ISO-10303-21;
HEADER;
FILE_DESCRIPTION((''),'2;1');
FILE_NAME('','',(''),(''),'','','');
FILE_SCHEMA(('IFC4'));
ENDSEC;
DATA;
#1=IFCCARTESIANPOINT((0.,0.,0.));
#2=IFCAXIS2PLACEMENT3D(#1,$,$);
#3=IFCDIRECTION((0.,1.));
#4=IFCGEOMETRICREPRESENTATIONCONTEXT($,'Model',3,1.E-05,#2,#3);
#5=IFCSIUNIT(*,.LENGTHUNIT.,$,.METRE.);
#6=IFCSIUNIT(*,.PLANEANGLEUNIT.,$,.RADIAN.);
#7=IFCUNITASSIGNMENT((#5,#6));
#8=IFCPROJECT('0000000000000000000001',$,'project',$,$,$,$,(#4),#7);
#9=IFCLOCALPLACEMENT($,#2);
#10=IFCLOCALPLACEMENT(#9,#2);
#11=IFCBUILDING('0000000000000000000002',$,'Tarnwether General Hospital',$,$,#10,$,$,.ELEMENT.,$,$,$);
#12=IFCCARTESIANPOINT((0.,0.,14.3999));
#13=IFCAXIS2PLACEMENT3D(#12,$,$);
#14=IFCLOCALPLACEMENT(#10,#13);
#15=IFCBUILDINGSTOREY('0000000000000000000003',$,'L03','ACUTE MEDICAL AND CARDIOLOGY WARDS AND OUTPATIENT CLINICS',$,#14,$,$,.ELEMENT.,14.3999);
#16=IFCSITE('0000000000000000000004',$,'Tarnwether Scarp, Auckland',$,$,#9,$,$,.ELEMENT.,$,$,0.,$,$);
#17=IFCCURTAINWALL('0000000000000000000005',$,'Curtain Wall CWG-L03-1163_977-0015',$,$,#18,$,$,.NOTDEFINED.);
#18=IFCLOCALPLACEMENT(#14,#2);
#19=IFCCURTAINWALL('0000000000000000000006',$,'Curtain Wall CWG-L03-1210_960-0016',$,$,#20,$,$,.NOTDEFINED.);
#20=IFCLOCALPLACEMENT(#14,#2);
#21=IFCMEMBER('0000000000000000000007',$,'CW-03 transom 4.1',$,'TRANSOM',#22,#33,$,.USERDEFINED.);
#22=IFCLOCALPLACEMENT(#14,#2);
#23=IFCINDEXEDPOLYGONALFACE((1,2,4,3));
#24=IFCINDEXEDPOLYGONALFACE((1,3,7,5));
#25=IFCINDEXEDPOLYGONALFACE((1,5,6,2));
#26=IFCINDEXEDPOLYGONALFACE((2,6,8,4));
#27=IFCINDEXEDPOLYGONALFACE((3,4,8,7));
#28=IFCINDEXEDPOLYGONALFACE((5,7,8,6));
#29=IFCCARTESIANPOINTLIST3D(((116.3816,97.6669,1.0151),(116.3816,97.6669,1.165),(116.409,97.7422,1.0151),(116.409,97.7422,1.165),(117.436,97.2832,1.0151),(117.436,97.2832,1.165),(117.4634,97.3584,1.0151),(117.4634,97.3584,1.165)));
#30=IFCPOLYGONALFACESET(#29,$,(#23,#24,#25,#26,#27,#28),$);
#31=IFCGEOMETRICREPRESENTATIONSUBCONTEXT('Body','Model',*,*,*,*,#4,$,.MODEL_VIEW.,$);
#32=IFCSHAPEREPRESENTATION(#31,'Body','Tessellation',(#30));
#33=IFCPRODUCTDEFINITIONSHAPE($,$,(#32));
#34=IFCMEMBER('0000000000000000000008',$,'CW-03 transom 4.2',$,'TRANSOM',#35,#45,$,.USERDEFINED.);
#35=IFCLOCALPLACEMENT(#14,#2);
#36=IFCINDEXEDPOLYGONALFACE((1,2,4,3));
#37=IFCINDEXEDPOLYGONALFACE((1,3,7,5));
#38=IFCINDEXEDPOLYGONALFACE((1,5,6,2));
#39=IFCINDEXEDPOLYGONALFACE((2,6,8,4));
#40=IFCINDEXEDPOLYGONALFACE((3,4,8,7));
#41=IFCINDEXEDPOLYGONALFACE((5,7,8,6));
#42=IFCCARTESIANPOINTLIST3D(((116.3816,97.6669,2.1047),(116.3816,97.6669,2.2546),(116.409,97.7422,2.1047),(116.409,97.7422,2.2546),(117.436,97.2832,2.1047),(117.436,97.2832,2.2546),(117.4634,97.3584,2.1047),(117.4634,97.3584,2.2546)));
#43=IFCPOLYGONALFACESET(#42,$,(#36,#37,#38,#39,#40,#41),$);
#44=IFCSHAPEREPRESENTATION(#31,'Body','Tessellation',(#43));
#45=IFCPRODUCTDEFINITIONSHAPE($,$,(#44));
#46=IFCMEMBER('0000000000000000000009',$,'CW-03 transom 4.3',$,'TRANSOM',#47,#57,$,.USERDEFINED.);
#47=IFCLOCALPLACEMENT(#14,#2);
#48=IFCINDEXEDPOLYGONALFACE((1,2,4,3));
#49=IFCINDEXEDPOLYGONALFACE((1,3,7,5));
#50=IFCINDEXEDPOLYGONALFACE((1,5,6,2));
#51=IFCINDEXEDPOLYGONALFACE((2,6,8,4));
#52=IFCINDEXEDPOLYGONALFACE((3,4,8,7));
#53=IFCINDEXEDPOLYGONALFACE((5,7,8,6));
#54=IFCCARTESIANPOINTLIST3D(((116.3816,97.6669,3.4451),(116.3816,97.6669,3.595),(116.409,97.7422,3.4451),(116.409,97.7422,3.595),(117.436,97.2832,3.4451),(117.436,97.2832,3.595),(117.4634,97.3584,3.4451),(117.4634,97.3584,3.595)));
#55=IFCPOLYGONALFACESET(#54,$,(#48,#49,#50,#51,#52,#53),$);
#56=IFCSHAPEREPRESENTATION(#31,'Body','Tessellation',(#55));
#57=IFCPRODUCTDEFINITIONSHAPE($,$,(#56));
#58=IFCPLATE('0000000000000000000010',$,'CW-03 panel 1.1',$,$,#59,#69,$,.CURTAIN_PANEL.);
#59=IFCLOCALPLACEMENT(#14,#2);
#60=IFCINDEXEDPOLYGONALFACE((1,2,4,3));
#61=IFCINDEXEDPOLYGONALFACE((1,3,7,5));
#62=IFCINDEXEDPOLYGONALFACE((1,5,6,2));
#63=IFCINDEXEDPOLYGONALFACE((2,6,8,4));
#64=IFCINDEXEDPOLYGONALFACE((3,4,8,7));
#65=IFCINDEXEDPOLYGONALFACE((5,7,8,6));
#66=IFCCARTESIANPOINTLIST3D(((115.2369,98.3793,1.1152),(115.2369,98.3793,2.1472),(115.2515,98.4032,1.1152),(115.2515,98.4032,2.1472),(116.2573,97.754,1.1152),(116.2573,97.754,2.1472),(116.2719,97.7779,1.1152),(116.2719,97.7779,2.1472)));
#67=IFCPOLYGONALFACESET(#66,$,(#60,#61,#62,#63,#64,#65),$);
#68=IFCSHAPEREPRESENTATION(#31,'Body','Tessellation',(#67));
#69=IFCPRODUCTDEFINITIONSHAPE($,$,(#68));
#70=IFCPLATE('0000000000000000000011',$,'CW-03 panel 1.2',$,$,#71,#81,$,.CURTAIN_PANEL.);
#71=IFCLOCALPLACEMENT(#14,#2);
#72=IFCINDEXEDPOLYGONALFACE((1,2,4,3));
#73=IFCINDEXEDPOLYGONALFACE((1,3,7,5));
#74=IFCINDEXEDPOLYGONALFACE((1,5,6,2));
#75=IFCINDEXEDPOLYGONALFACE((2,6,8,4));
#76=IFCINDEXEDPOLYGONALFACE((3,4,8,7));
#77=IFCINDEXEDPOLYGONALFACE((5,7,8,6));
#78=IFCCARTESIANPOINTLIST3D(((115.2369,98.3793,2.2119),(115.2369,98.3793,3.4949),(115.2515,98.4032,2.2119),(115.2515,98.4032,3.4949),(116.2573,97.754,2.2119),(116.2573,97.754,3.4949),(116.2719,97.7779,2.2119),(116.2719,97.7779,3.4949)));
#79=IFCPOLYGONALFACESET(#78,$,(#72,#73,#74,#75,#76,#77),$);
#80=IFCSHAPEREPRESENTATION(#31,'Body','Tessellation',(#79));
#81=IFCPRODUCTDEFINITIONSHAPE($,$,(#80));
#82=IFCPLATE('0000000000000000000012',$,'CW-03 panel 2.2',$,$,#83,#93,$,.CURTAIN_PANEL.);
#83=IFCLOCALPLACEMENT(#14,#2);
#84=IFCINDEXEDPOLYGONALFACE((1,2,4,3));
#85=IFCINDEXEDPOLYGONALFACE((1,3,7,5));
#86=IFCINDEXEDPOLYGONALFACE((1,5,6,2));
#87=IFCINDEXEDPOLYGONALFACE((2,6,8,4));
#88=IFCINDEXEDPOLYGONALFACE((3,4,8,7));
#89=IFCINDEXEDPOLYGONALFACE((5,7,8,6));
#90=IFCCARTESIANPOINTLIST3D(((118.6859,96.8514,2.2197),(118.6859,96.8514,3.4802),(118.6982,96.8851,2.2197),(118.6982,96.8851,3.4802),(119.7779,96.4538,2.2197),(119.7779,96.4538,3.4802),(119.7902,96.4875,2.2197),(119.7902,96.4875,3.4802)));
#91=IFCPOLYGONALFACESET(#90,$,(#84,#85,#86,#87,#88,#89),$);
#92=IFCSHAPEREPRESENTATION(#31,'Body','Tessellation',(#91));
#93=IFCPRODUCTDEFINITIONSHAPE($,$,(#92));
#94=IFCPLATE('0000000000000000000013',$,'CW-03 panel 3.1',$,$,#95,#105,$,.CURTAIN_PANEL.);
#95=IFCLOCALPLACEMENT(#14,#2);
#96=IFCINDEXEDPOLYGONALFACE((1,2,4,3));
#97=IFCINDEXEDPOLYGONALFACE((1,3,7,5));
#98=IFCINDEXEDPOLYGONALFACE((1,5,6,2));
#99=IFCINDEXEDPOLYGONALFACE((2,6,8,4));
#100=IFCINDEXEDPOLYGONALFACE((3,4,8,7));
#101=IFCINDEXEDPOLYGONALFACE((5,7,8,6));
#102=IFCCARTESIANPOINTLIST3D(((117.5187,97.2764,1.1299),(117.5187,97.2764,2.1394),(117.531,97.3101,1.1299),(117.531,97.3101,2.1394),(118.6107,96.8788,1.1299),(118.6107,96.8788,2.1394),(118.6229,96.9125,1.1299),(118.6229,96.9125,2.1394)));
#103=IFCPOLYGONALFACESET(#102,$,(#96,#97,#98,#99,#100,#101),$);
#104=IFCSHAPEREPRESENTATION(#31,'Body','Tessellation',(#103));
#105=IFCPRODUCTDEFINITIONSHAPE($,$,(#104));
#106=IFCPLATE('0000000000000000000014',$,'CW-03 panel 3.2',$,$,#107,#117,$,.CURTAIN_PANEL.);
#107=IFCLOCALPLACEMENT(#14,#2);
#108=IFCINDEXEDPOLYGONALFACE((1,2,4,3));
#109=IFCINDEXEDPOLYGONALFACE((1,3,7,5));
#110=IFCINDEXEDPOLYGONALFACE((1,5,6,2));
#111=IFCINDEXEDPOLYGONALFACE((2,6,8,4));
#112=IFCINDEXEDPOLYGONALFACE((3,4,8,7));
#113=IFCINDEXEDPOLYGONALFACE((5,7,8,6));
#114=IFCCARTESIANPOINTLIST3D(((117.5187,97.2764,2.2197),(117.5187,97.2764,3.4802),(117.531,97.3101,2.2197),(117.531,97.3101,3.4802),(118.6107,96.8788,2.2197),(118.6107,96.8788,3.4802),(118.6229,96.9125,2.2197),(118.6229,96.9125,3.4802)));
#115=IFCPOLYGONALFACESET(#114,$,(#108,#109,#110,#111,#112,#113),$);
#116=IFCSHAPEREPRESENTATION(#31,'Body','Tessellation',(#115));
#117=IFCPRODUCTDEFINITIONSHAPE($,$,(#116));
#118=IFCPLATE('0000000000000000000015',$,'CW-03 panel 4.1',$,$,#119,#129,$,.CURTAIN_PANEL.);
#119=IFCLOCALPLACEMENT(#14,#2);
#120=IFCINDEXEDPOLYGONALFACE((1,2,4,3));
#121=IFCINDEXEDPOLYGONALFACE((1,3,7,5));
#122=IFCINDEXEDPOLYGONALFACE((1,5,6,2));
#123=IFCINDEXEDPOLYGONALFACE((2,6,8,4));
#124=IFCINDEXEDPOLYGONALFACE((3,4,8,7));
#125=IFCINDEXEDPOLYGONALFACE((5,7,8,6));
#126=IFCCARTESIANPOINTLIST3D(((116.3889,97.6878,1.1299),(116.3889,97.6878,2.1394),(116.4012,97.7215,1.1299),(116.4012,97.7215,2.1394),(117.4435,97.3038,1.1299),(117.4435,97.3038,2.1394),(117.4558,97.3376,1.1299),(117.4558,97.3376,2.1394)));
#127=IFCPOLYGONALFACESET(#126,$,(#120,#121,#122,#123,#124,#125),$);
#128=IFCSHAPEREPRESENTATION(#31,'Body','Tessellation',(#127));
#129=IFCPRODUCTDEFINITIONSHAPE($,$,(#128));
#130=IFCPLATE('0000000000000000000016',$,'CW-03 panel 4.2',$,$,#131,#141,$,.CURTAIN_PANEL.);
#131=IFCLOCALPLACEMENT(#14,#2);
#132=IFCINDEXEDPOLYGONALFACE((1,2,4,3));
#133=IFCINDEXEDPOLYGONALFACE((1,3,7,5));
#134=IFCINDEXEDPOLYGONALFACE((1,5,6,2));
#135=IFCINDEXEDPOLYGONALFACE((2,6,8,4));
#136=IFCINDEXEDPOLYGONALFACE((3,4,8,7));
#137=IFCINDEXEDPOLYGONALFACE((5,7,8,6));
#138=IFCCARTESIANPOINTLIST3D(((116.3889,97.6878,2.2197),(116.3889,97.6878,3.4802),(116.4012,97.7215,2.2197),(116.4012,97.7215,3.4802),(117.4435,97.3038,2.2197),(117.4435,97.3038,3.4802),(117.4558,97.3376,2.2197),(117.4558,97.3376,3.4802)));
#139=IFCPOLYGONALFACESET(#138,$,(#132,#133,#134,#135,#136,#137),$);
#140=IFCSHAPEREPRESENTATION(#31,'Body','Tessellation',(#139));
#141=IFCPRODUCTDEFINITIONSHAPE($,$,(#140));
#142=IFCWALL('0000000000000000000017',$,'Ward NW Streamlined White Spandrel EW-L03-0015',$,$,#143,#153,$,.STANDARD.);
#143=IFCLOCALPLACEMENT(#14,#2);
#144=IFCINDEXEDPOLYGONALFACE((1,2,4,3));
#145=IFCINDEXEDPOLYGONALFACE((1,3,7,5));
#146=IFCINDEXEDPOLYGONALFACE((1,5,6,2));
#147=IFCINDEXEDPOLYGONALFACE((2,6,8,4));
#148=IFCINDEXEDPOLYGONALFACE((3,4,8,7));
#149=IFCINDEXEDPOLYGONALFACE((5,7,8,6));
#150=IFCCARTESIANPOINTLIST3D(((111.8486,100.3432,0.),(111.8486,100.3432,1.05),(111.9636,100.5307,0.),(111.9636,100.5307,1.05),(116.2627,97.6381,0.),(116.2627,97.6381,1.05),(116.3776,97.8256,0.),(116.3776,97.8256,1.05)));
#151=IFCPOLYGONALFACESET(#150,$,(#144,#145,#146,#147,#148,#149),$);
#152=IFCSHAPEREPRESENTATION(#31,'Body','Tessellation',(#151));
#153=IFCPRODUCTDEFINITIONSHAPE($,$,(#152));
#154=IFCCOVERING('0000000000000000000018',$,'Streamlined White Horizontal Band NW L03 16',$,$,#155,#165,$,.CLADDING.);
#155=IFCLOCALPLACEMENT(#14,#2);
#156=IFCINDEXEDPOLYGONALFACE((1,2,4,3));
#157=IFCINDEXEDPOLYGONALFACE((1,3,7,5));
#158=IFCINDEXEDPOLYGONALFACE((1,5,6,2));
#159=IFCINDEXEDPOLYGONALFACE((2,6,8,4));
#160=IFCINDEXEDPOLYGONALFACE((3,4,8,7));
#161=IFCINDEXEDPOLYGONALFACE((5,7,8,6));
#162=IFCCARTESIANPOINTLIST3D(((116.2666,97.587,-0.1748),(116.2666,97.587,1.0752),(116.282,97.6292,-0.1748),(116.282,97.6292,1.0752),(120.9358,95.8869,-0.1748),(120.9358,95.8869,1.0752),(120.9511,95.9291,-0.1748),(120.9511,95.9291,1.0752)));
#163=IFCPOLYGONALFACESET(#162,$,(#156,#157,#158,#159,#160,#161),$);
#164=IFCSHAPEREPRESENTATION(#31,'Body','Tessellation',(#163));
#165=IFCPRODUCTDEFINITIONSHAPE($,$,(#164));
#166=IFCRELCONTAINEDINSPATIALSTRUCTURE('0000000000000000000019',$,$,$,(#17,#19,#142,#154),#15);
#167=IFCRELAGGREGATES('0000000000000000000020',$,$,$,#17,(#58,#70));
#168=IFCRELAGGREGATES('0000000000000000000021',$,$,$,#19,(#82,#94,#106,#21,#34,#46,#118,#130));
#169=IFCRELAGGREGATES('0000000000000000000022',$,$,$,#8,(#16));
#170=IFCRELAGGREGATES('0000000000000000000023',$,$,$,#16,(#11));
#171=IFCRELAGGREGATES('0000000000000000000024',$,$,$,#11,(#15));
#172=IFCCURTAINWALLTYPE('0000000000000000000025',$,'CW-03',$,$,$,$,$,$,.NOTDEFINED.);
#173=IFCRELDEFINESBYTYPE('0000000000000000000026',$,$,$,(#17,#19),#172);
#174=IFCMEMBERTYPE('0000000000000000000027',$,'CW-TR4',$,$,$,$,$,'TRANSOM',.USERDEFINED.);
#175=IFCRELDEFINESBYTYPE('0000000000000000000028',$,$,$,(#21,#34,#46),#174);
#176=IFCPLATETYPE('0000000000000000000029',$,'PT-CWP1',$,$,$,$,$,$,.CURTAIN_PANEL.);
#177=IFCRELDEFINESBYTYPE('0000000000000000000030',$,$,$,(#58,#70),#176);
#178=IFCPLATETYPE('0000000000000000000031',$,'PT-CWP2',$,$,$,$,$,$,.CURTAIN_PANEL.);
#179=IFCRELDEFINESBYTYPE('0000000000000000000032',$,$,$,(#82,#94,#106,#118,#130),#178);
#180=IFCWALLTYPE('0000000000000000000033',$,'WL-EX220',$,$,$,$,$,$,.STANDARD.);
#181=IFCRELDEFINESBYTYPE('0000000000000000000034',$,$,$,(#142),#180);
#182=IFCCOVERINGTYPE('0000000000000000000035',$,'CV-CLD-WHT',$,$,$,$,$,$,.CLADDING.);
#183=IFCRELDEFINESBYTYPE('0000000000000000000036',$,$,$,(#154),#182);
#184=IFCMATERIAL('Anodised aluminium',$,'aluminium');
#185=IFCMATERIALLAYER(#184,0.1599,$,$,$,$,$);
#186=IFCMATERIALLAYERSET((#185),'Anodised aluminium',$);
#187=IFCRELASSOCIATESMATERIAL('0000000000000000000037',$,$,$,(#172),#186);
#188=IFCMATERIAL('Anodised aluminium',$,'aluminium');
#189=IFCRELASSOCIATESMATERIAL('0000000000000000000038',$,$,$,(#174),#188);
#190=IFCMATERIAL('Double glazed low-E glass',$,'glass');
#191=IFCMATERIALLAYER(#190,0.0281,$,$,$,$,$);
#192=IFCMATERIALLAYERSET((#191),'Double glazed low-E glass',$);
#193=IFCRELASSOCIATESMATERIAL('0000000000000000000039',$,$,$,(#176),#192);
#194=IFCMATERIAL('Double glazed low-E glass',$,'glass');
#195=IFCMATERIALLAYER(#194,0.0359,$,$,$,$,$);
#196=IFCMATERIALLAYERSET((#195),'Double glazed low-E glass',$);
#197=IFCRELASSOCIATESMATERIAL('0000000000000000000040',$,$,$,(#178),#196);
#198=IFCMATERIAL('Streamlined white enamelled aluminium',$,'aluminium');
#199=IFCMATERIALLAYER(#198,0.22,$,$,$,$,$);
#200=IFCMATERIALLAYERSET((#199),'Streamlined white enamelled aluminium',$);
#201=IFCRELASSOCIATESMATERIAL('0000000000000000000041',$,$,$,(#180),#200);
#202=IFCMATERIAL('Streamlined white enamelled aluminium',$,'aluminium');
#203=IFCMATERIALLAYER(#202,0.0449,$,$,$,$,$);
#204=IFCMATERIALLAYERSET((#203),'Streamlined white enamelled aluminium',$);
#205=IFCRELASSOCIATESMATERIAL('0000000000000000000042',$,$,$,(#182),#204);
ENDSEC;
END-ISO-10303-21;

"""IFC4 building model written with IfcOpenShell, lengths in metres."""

from ifc_helpers import new_model, si_unit, direction, frame, frame_2d, origin, origin_2d, place, context, subcontext, project, spatial, rectangle, extrude, material, layer, layer_set, material_profile, profile_set, type_object, element, aggregate, save


model = new_model("IFC4")

# Units and contexts
model_context = context("Model", 3, precision=1e-05, world=origin(), true_north=direction((0.0, 1.0)))
body_context = subcontext(model_context, "Body", "Model", "MODEL_VIEW")
ifc_project = project(units=[si_unit("LENGTHUNIT", "METRE"), si_unit("PLANEANGLEUNIT", "RADIAN")], contexts=[model_context])

# Site, building, storey
site_placement = place(None, origin())
site = spatial("IfcSite", under=ifc_project, at=site_placement, Name="Tarnwether Scarp, Auckland", CompositionType="ELEMENT", RefElevation=0.0)
building_placement = place(site_placement, origin())
building = spatial("IfcBuilding", under=site, at=building_placement, Name="Tarnwether General Hospital", CompositionType="ELEMENT")
storey_placement = place(building_placement, frame((0.0, 0.0, 14.3999)))
storey = spatial("IfcBuildingStorey", under=building, at=storey_placement, Name="L03", Description="ACUTE MEDICAL AND CARDIOLOGY WARDS AND OUTPATIENT CLINICS", CompositionType="ELEMENT", Elevation=14.3999)

# Curtain walls
ifc_material_1 = material(Name="Anodised aluminium", Category="aluminium")
ifc_layer_1 = layer(ifc_material_1, 0.1599)
ifc_layer_set_1 = layer_set([ifc_layer_1], Name="Anodised aluminium")
curtain_wall_type = type_object("IfcCurtainWallType", Name="CW-03", PredefinedType="NOTDEFINED", material=ifc_layer_set_1)
curtain_wall_1_placement = place(storey_placement, origin())
curtain_wall_1 = element("IfcCurtainWall", 1, at=curtain_wall_1_placement, inside=storey, type_object=curtain_wall_type, Name="Curtain Wall CWG-L03-1163_977-0015", PredefinedType="NOTDEFINED")
curtain_wall_2_placement = place(storey_placement, origin())
curtain_wall_2 = element("IfcCurtainWall", 2, at=curtain_wall_2_placement, inside=storey, type_object=curtain_wall_type, Name="Curtain Wall CWG-L03-1210_960-0016", PredefinedType="NOTDEFINED")

# Members
ifc_material_2 = material(Name="Anodised aluminium", Category="aluminium")
ifc_material_profile_1 = material_profile(ifc_material_2, rectangle(XDim=0.0801, YDim=0.1499, at=origin_2d()), Name="ALU-TRN-80x150")
ifc_profile_set_1 = profile_set([ifc_material_profile_1], Name="Anodised aluminium")
member_type_1 = type_object("IfcMemberType", Name="CW-TR4", ElementType="TRANSOM", PredefinedType="USERDEFINED", material=ifc_profile_set_1)
member_1_placement = place(storey_placement, frame((117.4497, 97.3208, 1.0901), z_axis=(-0.939692, 0.342023, 0.0), x_axis=(-0.342023, -0.939692, 0.0)))
member_1 = element("IfcMember", 3, at=member_1_placement, type_object=member_type_1, Name="CW-03 transom 4.1", ObjectType="TRANSOM", PredefinedType="USERDEFINED", context=body_context, shape_type="SweptSolid", body=[
    extrude(rectangle(XDim=0.0801, YDim=0.1499, at=origin_2d()), origin(), (0.0, 0.0, 1.0), 1.1221),
])
member_2_placement = place(storey_placement, frame((117.4497, 97.3208, 2.1797), z_axis=(-0.939692, 0.342023, 0.0), x_axis=(-0.342023, -0.939692, 0.0)))
member_2 = element("IfcMember", 4, at=member_2_placement, type_object=member_type_1, Name="CW-03 transom 4.2", ObjectType="TRANSOM", PredefinedType="USERDEFINED", context=body_context, shape_type="SweptSolid", body=[
    extrude(rectangle(XDim=0.0801, YDim=0.1499, at=origin_2d()), origin(), (0.0, 0.0, 1.0), 1.1221),
])
member_3_placement = place(storey_placement, frame((117.4497, 97.3208, 3.52), z_axis=(-0.939692, 0.342023, 0.0), x_axis=(-0.342023, -0.939692, 0.0)))
member_3 = element("IfcMember", 5, at=member_3_placement, type_object=member_type_1, Name="CW-03 transom 4.3", ObjectType="TRANSOM", PredefinedType="USERDEFINED", context=body_context, shape_type="SweptSolid", body=[
    extrude(rectangle(XDim=0.0801, YDim=0.1499, at=origin_2d()), origin(), (0.0, 0.0, 1.0), 1.1221),
])

# Plates
ifc_material_3 = material(Name="Double glazed low-E glass", Category="glass")
ifc_layer_2 = layer(ifc_material_3, 0.0281)
ifc_layer_set_2 = layer_set([ifc_layer_2], Name="Double glazed low-E glass")
plate_type_1 = type_object("IfcPlateType", Name="PT-CWP1", PredefinedType="CURTAIN_PANEL", material=ifc_layer_set_2)
plate_1_placement = place(storey_placement, frame((115.7544, 98.0786, 1.1152), z_axis=(0.0, 0.0, 1.0), x_axis=(-0.852632, 0.522512, 0.0)))
plate_1 = element("IfcPlate", 6, at=plate_1_placement, type_object=plate_type_1, Name="CW-03 panel 1.1", PredefinedType="CURTAIN_PANEL", context=body_context, shape_type="SweptSolid", body=[
    extrude(rectangle(XDim=1.1968, YDim=0.0281, at=origin_2d()), origin(), (0.0, 0.0, 1.0), 1.032),
])
plate_2_placement = place(storey_placement, frame((115.7544, 98.0786, 2.2119), z_axis=(0.0, 0.0, 1.0), x_axis=(-0.852632, 0.522512, 0.0)))
plate_2 = element("IfcPlate", 7, at=plate_2_placement, type_object=plate_type_1, Name="CW-03 panel 1.2", PredefinedType="CURTAIN_PANEL", context=body_context, shape_type="SweptSolid", body=[
    extrude(rectangle(XDim=1.1968, YDim=0.0281, at=origin_2d()), origin(), (0.0, 0.0, 1.0), 1.283),
])
aggregate(curtain_wall_1, [plate_1, plate_2])
ifc_material_4 = material(Name="Double glazed low-E glass", Category="glass")
ifc_layer_3 = layer(ifc_material_4, 0.0359)
ifc_layer_set_3 = layer_set([ifc_layer_3], Name="Double glazed low-E glass")
plate_type_2 = type_object("IfcPlateType", Name="PT-CWP2", PredefinedType="CURTAIN_PANEL", material=ifc_layer_set_3)
plate_3_placement = place(storey_placement, frame((119.238, 96.6694, 2.2197), z_axis=(0.0, 0.0, 1.0), x_axis=(-0.939652, 0.342131, 0.0)))
plate_3 = element("IfcPlate", 8, at=plate_3_placement, type_object=plate_type_2, Name="CW-03 panel 2.2", PredefinedType="CURTAIN_PANEL", context=body_context, shape_type="SweptSolid", body=[
    extrude(rectangle(XDim=1.1621, YDim=0.0359, at=origin_2d()), origin(), (0.0, 0.0, 1.0), 1.2605),
])
plate_4_placement = place(storey_placement, frame((118.0708, 97.0945, 1.1299), z_axis=(0.0, 0.0, 1.0), x_axis=(-0.939652, 0.342131, 0.0)))
plate_4 = element("IfcPlate", 9, at=plate_4_placement, type_object=plate_type_2, Name="CW-03 panel 3.1", PredefinedType="CURTAIN_PANEL", context=body_context, shape_type="SweptSolid", body=[
    extrude(rectangle(XDim=1.1621, YDim=0.0359, at=origin_2d()), origin(), (0.0, 0.0, 1.0), 1.0095),
])
plate_5_placement = place(storey_placement, frame((118.0708, 97.0945, 2.2197), z_axis=(0.0, 0.0, 1.0), x_axis=(-0.939652, 0.342131, 0.0)))
plate_5 = element("IfcPlate", 10, at=plate_5_placement, type_object=plate_type_2, Name="CW-03 panel 3.2", PredefinedType="CURTAIN_PANEL", context=body_context, shape_type="SweptSolid", body=[
    extrude(rectangle(XDim=1.1621, YDim=0.0359, at=origin_2d()), origin(), (0.0, 0.0, 1.0), 1.2605),
])
plate_6_placement = place(storey_placement, frame((116.9224, 97.5127, 1.1299), z_axis=(0.0, 0.0, 1.0), x_axis=(-0.939652, 0.342131, 0.0)))
plate_6 = element("IfcPlate", 11, at=plate_6_placement, type_object=plate_type_2, Name="CW-03 panel 4.1", PredefinedType="CURTAIN_PANEL", context=body_context, shape_type="SweptSolid", body=[
    extrude(rectangle(XDim=1.1223, YDim=0.0359, at=origin_2d()), origin(), (0.0, 0.0, 1.0), 1.0095),
])
plate_7_placement = place(storey_placement, frame((116.9224, 97.5127, 2.2197), z_axis=(0.0, 0.0, 1.0), x_axis=(-0.939652, 0.342131, 0.0)))
plate_7 = element("IfcPlate", 12, at=plate_7_placement, type_object=plate_type_2, Name="CW-03 panel 4.2", PredefinedType="CURTAIN_PANEL", context=body_context, shape_type="SweptSolid", body=[
    extrude(rectangle(XDim=1.1223, YDim=0.0359, at=origin_2d()), origin(), (0.0, 0.0, 1.0), 1.2605),
])
aggregate(curtain_wall_2, [plate_3, plate_4, plate_5, member_1, member_2, member_3, plate_6, plate_7])

# Wall
ifc_material_5 = material(Name="Streamlined white enamelled aluminium", Category="aluminium")
ifc_layer_4 = layer(ifc_material_5, 0.22)
ifc_layer_set_4 = layer_set([ifc_layer_4], Name="Streamlined white enamelled aluminium")
wall_type = type_object("IfcWallType", Name="WL-EX220", PredefinedType="STANDARD", material=ifc_layer_set_4)
wall_placement = place(storey_placement, frame((116.3201, 97.7319, 0.0), z_axis=(0.0, 0.0, 1.0), x_axis=(-0.852628, 0.522518, 0.0)))
element("IfcWall", 13, at=wall_placement, inside=storey, type_object=wall_type, Name="Ward NW Streamlined White Spandrel EW-L03-0015", PredefinedType="STANDARD", context=body_context, shape_type="SweptSolid", body=[
    extrude(rectangle(XDim=5.177, YDim=0.22, at=frame_2d((2.5884, 0.0))), origin(), (0.0, 0.0, 1.0), 1.05),
])

# Covering
ifc_material_6 = material(Name="Streamlined white enamelled aluminium", Category="aluminium")
ifc_layer_5 = layer(ifc_material_6, 0.0449)
ifc_layer_set_5 = layer_set([ifc_layer_5], Name="Streamlined white enamelled aluminium")
covering_type = type_object("IfcCoveringType", Name="CV-CLD-WHT", PredefinedType="CLADDING", material=ifc_layer_set_5)
covering_placement = place(storey_placement, frame((118.6089, 96.7581, -0.1748), z_axis=(0.0, 0.0, 1.0), x_axis=(-0.939651, 0.342135, 0.0)))
element("IfcCovering", 14, at=covering_placement, inside=storey, type_object=covering_type, Name="Streamlined White Horizontal Band NW L03 16", PredefinedType="CLADDING", context=body_context, shape_type="SweptSolid", body=[
    extrude(rectangle(XDim=4.969, YDim=0.0449, at=origin_2d()), origin(), (0.0, 0.0, 1.0), 1.25),
])

save(model, "model.ifc")
